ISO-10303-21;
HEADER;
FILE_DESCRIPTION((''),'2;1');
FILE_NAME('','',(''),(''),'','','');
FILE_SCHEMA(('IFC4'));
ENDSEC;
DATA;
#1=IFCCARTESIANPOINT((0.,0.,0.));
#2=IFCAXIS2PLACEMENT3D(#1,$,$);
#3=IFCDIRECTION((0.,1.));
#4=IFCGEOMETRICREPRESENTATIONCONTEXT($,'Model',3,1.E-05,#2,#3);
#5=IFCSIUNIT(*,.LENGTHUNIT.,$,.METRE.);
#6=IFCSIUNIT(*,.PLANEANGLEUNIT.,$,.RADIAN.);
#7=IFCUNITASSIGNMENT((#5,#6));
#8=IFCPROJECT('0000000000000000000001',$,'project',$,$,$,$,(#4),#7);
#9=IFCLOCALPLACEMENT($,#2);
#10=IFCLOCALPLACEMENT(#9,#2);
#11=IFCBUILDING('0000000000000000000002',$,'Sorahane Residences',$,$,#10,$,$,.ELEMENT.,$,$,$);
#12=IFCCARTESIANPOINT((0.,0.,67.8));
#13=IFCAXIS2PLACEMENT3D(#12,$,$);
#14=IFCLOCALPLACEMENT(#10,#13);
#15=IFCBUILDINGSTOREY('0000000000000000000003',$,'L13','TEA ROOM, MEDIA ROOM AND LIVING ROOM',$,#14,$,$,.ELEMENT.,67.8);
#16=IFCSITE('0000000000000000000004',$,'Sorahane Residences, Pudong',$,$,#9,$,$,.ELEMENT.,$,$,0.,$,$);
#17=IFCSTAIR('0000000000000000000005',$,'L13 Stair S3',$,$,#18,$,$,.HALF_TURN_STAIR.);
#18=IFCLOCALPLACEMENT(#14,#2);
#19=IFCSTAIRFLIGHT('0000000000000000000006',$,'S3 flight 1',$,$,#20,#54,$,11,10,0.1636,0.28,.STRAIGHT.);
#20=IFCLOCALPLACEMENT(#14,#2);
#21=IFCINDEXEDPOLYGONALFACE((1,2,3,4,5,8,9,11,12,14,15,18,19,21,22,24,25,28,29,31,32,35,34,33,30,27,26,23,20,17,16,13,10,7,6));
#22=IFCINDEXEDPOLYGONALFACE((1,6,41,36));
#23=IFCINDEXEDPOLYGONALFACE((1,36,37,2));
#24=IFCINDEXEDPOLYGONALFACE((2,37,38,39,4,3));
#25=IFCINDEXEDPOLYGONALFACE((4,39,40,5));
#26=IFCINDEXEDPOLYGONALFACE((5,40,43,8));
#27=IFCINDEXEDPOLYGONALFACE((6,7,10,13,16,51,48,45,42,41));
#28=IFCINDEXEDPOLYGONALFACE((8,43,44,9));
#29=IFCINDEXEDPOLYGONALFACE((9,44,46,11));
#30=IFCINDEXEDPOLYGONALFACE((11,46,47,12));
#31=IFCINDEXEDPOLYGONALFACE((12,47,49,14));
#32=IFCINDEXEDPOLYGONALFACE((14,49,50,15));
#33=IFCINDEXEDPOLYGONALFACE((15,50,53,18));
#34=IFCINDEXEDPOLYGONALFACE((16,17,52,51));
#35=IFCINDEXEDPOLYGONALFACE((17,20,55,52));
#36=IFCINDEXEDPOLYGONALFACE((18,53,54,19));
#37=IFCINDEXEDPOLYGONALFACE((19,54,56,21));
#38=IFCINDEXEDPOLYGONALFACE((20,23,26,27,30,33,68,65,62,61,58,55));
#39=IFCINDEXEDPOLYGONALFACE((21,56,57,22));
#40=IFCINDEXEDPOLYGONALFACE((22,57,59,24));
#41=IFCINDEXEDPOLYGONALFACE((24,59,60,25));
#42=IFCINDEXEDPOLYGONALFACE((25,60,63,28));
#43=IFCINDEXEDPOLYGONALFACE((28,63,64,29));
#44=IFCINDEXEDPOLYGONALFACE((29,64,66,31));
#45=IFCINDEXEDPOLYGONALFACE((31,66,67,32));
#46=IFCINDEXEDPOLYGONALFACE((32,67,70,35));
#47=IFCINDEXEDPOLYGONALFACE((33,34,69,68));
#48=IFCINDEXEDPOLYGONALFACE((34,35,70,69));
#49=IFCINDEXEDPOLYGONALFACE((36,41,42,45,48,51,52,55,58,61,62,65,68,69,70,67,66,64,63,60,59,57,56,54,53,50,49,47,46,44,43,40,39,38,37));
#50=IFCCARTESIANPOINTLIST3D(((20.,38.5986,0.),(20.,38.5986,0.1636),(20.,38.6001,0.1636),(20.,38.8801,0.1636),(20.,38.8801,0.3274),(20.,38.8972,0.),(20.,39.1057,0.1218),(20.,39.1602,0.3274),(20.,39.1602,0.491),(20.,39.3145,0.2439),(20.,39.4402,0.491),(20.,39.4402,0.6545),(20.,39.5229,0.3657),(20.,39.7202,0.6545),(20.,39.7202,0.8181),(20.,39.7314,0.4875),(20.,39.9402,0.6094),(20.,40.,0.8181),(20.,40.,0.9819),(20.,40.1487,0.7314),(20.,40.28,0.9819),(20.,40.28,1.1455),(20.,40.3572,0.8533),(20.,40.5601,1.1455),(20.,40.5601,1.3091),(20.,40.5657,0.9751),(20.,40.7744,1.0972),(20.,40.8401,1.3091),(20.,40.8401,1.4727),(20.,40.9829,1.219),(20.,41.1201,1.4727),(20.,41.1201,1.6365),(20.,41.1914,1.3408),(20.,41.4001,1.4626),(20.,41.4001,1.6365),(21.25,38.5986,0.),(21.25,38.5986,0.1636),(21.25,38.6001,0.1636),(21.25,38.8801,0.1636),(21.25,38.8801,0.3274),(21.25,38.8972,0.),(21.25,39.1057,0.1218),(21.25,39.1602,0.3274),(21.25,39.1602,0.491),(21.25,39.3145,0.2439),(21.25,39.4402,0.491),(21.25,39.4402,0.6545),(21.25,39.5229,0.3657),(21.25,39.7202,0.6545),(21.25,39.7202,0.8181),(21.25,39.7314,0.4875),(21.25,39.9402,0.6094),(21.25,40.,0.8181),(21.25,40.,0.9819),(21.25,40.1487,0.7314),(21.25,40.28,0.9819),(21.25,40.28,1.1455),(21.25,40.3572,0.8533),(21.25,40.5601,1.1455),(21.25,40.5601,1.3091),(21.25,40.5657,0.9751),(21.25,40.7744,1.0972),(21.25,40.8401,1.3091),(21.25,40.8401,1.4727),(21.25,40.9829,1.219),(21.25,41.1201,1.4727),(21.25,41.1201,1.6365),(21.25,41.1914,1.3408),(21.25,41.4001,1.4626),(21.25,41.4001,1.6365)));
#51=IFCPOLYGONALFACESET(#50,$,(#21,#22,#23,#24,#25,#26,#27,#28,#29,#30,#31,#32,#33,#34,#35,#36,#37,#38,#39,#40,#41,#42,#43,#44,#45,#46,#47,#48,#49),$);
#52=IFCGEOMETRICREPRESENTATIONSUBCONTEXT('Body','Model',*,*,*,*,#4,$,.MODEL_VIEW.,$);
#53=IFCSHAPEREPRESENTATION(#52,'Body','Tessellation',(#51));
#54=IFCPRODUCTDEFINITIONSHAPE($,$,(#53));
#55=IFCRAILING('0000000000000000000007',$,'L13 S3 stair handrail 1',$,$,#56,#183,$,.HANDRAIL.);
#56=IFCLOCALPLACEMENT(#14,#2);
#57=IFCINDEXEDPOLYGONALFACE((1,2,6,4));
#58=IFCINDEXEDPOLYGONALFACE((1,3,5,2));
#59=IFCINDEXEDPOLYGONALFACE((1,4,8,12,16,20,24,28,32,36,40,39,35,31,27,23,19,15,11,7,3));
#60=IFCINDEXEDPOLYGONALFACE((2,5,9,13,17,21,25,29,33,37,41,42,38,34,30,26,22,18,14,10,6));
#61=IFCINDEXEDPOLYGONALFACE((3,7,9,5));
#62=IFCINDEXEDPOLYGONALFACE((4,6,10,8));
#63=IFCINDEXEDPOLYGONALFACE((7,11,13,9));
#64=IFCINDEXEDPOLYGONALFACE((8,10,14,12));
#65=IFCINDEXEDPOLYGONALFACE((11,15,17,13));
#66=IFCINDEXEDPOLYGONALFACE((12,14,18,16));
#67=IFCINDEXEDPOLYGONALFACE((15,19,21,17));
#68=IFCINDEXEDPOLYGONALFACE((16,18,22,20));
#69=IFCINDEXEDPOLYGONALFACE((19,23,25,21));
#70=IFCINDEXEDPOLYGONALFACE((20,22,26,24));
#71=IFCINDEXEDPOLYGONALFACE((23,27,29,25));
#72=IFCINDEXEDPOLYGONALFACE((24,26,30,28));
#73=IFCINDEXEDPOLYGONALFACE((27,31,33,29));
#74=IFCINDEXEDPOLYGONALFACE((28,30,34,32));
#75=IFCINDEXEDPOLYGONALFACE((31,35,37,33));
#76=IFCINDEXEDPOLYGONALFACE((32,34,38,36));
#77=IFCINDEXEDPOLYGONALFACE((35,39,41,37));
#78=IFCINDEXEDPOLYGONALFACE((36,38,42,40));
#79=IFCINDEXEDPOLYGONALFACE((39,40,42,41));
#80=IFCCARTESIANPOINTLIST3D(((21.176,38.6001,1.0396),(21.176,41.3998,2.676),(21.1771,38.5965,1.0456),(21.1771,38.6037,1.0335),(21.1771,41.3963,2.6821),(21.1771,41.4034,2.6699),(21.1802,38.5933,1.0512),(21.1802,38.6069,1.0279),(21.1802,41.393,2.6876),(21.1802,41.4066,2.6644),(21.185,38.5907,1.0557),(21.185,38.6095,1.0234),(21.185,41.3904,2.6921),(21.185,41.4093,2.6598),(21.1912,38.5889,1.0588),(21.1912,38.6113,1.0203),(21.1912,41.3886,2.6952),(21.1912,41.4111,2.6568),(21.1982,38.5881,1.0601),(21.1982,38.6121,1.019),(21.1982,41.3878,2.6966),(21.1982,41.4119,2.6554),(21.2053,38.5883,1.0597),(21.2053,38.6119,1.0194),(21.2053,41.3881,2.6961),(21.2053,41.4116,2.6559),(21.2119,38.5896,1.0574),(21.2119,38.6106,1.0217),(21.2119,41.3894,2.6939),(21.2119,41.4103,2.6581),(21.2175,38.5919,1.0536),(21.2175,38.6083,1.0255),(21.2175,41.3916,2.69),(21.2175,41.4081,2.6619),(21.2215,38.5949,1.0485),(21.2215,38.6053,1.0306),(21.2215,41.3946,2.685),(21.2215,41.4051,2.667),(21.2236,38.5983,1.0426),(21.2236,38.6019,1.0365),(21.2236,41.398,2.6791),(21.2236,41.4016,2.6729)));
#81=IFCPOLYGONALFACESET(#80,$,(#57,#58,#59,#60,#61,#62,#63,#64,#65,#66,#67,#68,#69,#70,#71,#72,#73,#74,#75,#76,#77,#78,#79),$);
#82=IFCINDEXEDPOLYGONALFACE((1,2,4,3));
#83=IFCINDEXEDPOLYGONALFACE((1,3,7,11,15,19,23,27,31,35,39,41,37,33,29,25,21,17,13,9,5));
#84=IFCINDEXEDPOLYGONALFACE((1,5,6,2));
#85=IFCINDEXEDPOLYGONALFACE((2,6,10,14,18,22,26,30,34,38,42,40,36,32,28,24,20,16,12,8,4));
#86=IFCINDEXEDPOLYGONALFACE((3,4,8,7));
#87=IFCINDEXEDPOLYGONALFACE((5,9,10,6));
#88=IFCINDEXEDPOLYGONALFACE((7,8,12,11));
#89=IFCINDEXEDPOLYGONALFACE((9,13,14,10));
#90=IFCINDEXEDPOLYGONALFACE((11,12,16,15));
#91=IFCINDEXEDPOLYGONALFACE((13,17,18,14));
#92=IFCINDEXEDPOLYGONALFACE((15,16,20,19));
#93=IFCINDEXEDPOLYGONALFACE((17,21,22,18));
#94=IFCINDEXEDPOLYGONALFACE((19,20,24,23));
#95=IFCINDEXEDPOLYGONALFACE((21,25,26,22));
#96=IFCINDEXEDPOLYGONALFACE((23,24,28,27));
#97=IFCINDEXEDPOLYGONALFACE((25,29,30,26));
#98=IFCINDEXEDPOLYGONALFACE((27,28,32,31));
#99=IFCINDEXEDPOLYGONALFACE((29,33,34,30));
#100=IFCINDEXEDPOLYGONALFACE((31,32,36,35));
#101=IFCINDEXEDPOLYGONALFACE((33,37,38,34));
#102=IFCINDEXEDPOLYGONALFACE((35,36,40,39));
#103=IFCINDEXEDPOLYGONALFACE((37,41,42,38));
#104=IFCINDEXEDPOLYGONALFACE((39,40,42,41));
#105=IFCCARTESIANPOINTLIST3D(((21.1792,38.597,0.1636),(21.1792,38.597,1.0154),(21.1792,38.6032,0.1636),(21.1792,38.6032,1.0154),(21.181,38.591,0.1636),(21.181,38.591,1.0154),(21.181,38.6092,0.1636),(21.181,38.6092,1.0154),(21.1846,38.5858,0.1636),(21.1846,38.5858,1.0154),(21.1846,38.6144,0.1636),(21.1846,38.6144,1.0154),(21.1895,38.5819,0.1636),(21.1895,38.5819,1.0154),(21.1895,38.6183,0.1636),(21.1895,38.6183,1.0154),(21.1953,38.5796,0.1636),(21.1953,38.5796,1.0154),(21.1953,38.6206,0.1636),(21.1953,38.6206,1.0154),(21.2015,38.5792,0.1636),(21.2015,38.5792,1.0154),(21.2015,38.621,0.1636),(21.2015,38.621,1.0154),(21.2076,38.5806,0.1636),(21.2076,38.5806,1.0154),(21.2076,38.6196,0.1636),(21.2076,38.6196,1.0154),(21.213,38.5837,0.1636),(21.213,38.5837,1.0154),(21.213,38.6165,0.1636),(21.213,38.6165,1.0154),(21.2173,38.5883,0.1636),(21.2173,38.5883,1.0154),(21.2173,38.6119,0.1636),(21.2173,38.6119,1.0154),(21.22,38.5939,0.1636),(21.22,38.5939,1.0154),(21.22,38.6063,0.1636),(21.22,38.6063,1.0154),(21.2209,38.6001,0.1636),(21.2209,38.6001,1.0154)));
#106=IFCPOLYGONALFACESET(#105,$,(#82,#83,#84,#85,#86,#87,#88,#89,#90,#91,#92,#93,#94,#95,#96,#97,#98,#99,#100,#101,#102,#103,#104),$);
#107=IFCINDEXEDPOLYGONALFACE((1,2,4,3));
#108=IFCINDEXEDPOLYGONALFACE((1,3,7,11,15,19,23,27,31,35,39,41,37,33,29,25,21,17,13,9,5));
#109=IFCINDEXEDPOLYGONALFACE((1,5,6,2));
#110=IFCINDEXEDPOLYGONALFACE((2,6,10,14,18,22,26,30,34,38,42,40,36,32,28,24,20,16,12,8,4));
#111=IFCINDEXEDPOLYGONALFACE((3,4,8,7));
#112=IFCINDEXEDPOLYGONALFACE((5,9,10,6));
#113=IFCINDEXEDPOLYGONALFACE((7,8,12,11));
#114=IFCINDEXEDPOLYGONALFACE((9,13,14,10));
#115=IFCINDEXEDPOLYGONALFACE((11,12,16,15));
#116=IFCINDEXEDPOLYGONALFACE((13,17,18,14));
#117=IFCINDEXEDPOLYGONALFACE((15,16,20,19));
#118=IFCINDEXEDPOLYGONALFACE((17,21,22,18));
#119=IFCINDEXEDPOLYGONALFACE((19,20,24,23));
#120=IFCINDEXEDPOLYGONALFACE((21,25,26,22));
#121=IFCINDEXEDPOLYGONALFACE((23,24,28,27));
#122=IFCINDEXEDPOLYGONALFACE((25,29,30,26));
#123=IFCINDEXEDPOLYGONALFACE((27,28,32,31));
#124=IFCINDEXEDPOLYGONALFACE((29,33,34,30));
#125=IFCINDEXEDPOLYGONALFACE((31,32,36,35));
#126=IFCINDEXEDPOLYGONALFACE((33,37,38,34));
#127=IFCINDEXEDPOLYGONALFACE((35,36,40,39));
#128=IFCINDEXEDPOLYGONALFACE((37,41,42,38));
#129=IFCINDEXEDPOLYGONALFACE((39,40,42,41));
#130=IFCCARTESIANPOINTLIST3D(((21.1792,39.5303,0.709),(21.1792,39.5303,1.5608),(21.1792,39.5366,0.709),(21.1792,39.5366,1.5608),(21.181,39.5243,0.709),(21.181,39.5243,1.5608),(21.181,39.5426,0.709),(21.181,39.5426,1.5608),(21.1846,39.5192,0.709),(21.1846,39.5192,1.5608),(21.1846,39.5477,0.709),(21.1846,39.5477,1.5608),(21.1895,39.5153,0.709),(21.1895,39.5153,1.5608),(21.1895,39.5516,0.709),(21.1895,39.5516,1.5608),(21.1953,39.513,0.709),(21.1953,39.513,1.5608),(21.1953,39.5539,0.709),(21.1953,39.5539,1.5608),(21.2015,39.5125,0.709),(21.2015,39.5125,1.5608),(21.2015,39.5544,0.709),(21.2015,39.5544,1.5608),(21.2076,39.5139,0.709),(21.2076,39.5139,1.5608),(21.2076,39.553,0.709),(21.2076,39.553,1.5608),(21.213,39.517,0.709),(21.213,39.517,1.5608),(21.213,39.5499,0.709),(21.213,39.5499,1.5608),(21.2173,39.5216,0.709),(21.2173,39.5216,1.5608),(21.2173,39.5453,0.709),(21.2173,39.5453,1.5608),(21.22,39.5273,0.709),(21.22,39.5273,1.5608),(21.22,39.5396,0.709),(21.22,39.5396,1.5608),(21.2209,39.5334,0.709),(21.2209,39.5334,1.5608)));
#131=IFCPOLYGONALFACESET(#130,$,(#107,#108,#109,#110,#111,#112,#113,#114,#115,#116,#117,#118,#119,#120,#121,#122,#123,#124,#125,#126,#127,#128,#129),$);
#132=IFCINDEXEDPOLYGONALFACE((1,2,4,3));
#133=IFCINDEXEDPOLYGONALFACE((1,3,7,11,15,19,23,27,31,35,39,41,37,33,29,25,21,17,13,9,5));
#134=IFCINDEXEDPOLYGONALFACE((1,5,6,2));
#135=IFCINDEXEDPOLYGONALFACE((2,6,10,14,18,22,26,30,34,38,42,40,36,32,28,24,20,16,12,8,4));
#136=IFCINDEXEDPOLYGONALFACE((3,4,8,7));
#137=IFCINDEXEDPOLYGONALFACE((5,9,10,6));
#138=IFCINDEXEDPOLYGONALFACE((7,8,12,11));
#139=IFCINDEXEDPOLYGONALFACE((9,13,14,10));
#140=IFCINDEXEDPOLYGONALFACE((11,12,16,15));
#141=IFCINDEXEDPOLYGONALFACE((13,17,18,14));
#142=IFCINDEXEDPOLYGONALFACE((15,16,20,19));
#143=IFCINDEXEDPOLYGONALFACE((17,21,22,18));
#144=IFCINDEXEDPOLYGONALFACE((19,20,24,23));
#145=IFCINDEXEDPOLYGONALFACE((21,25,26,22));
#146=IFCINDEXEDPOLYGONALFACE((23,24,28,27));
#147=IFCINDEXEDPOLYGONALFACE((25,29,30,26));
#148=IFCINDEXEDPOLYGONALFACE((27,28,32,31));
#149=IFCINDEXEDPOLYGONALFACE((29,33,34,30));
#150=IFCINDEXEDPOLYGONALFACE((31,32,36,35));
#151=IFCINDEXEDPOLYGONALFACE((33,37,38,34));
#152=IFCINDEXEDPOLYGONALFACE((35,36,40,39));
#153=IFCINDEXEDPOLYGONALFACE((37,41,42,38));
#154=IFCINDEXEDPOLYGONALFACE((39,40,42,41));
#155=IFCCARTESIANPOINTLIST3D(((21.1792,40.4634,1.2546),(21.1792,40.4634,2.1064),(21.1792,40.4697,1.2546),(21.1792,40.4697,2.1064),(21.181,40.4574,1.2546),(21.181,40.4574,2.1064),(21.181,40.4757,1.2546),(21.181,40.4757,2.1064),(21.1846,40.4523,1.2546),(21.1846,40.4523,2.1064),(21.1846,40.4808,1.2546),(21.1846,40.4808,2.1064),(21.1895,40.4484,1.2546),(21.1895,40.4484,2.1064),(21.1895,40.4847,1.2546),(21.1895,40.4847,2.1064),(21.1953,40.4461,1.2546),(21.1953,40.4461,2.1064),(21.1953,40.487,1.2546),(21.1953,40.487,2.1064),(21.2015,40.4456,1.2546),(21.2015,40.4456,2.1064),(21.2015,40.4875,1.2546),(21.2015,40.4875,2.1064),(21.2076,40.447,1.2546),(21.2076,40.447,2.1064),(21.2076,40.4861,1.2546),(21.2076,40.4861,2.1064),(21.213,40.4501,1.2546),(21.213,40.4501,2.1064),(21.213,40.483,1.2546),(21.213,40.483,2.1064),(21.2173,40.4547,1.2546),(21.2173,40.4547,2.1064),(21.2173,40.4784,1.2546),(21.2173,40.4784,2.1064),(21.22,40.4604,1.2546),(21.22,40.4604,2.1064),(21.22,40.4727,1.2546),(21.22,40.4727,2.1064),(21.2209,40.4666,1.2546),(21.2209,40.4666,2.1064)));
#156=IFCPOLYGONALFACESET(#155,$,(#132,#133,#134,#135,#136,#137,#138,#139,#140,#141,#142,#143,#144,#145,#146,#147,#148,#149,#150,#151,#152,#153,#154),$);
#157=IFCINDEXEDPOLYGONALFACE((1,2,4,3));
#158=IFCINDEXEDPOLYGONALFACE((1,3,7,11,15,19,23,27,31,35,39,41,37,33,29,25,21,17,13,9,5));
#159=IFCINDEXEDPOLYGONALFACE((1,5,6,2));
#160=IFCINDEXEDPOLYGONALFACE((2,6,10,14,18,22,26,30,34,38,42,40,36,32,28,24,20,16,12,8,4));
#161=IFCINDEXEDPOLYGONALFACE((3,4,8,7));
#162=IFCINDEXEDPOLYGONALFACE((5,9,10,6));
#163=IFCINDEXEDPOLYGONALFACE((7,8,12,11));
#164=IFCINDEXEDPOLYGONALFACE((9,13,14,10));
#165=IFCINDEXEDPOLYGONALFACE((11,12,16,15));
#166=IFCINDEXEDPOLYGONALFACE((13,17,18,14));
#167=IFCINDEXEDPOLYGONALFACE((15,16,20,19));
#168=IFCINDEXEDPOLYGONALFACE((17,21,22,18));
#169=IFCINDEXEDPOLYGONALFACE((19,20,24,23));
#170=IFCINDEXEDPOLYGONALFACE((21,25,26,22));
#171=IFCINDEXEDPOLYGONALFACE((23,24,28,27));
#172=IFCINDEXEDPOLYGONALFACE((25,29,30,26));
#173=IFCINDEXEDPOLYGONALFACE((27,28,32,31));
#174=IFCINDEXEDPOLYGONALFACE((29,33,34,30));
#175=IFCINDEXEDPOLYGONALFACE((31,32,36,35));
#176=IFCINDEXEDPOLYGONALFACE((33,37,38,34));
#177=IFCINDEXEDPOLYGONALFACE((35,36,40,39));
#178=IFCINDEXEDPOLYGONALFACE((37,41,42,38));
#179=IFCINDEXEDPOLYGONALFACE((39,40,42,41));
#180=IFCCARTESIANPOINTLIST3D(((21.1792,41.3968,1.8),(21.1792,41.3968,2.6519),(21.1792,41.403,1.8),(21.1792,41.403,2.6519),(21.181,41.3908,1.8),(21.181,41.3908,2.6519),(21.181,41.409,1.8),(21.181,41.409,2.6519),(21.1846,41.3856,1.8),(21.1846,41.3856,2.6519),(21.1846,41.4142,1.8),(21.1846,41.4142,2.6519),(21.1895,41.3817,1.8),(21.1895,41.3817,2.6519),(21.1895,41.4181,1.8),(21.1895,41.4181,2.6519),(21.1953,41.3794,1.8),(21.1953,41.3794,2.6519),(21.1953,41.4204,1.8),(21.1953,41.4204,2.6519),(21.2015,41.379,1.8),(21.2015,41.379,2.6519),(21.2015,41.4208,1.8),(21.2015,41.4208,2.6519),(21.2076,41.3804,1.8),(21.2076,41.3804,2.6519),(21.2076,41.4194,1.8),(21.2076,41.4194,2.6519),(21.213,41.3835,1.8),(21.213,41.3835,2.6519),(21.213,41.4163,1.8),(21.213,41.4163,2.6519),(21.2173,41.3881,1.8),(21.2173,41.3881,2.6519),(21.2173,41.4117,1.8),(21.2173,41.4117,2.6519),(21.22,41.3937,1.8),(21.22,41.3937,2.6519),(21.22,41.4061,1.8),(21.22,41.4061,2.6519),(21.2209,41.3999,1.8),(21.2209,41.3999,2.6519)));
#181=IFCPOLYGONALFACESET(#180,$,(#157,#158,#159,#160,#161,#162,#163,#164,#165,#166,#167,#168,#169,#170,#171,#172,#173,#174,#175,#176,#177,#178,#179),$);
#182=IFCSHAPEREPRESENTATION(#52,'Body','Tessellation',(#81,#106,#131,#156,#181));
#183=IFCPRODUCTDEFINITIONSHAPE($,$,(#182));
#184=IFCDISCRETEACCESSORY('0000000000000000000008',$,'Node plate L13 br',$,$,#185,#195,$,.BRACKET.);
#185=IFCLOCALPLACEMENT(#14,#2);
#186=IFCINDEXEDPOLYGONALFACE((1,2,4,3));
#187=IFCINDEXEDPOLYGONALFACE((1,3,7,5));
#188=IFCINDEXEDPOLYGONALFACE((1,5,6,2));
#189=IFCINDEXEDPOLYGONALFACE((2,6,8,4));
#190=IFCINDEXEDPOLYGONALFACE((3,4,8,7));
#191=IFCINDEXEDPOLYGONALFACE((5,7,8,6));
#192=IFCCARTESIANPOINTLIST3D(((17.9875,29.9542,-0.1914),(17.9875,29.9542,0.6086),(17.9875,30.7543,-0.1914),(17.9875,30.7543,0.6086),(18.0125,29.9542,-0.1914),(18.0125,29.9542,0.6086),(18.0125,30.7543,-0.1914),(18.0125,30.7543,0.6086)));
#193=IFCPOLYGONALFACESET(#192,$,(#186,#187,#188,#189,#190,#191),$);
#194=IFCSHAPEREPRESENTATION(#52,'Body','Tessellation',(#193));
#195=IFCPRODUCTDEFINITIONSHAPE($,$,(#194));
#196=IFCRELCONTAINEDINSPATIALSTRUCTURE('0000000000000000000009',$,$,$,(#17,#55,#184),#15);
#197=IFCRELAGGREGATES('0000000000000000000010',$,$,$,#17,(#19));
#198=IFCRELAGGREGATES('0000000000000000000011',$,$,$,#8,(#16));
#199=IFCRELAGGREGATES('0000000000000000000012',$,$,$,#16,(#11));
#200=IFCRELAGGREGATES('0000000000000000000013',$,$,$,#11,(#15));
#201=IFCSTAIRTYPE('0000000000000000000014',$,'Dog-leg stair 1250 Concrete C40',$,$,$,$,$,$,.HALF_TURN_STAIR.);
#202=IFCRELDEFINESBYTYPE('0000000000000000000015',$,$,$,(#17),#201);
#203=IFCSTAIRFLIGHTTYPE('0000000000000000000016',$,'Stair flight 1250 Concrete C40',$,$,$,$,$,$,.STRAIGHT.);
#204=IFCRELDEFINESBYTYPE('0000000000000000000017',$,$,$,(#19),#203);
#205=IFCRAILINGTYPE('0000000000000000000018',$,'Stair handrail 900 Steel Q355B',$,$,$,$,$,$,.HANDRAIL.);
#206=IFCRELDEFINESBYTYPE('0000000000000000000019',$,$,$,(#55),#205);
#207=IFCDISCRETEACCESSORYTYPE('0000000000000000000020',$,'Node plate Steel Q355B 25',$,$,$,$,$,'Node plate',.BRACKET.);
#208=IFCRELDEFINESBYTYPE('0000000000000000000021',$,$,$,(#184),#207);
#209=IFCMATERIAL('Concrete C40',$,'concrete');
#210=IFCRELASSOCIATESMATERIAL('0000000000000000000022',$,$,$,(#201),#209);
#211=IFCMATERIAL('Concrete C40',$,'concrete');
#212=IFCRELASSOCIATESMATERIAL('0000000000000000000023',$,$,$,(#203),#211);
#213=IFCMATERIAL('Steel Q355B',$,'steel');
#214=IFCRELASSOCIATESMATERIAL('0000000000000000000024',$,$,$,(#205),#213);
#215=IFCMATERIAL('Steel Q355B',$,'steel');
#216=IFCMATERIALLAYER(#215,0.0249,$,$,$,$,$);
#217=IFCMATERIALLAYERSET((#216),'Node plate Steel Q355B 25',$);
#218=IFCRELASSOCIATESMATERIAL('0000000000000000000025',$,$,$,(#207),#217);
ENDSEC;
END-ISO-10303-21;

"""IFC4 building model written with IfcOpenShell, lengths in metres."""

from ifc_helpers import new_model, si_unit, direction, frame, origin, origin_2d, place, context, subcontext, project, spatial, polyline, rectangle, circle, outline, extrude, material, layer, layer_set, type_object, element, aggregate, save


model = new_model("IFC4")

# Units and contexts
model_context = context("Model", 3, precision=1e-05, world=origin(), true_north=direction((0.0, 1.0)))
body_context = subcontext(model_context, "Body", "Model", "MODEL_VIEW")
ifc_project = project(units=[si_unit("LENGTHUNIT", "METRE"), si_unit("PLANEANGLEUNIT", "RADIAN")], contexts=[model_context])

# Site, building, storey
site_placement = place(None, origin())
site = spatial("IfcSite", under=ifc_project, at=site_placement, Name="Sorahane Residences, Pudong", CompositionType="ELEMENT", RefElevation=0.0)
building_placement = place(site_placement, origin())
building = spatial("IfcBuilding", under=site, at=building_placement, Name="Sorahane Residences", CompositionType="ELEMENT")
storey_placement = place(building_placement, frame((0.0, 0.0, 67.8)))
storey = spatial("IfcBuildingStorey", under=building, at=storey_placement, Name="L13", Description="TEA ROOM, MEDIA ROOM AND LIVING ROOM", CompositionType="ELEMENT", Elevation=67.8)

# Stair, stair flight
ifc_material_1 = material(Name="Concrete C40", Category="concrete")
stair_type = type_object("IfcStairType", Name="Dog-leg stair 1250 Concrete C40", PredefinedType="HALF_TURN_STAIR", material=ifc_material_1)
stair_placement = place(storey_placement, origin())
stair = element("IfcStair", 1, at=stair_placement, inside=storey, type_object=stair_type, Name="L13 Stair S3", PredefinedType="HALF_TURN_STAIR")
ifc_material_2 = material(Name="Concrete C40", Category="concrete")
stair_flight_type = type_object("IfcStairFlightType", Name="Stair flight 1250 Concrete C40", PredefinedType="STRAIGHT", material=ifc_material_2)
stair_flight_placement = place(storey_placement, frame((20.625, 38.6001, 0.0), z_axis=(0.0, 0.0, 1.0), x_axis=(0.0, 1.0, 0.0)))
stair_flight = element("IfcStairFlight", 2, at=stair_flight_placement, type_object=stair_flight_type, Name="S3 flight 1", NumberOfRisers=11, NumberOfTreads=10, PredefinedType="STRAIGHT", RiserHeight=0.1636, TreadLength=0.28, context=body_context, shape_type="SweptSolid", body=[
    extrude(outline(polyline([(-0.0015, 0.0), (-0.0015, 0.1636), (0.0, 0.1636), (0.28, 0.1636), (0.28, 0.3274), (0.5601, 0.3274), (0.5601, 0.491), (0.8401, 0.491), (0.8401, 0.6545), (1.1201, 0.6545), (1.1201, 0.8181), (1.3999, 0.8181), (1.3999, 0.9819), (1.6799, 0.9819), (1.6799, 1.1455), (1.96, 1.1455), (1.96, 1.3091), (2.24, 1.3091), (2.24, 1.4727), (2.52, 1.4727), (2.52, 1.6365), (2.8, 1.6365), (2.8, 1.8), (2.8, 1.4626), (2.5913, 1.3408), (2.3828, 1.219), (2.1743, 1.0972), (1.9656, 0.9751), (1.7571, 0.8533), (1.5486, 0.7314), (1.3401, 0.6094), (1.1313, 0.4875), (0.9229, 0.3657), (0.7144, 0.2439), (0.5056, 0.1218), (0.2971, 0.0), (-0.0015, 0.0)])), frame((0.0, 0.625, 0.0), z_axis=(0.0, -1.0, 0.0), x_axis=(1.0, 0.0, 0.0)), (0.0, 0.0, 1.0), 1.25),
])
aggregate(stair, [stair_flight])

# Railing
ifc_material_3 = material(Name="Steel Q355B", Category="steel")
railing_type_1 = type_object("IfcRailingType", Name="Stair handrail 900 Steel Q355B", PredefinedType="HANDRAIL", material=ifc_material_3)
railing_1_placement = place(storey_placement, frame((21.2, 38.6001, 0.1636)))
element("IfcRailing", 3, at=railing_1_placement, inside=storey, type_object=railing_type_1, Name="L13 S3 stair handrail 1", PredefinedType="HANDRAIL", context=body_context, shape_type="SweptSolid", body=[
    extrude(circle(Radius=0.0239, at=origin_2d()), frame((0.0, 0.0, 0.876), z_axis=(0.0, 0.863342, 0.50462), x_axis=(-1.0, 0.0, 0.0)), (0.0, 0.0, 1.0), 3.2429),
    extrude(circle(Radius=0.021, at=origin_2d()), origin(), (0.0, 0.0, 1.0), 0.8518),
    extrude(circle(Radius=0.021, at=origin_2d()), frame((0.0, 0.9333, 0.5454)), (0.0, 0.0, 1.0), 0.8518),
    extrude(circle(Radius=0.021, at=origin_2d()), frame((0.0, 1.8665, 1.0911)), (0.0, 0.0, 1.0), 0.8518),
    extrude(circle(Radius=0.021, at=origin_2d()), frame((0.0, 2.7998, 1.6365)), (0.0, 0.0, 1.0), 0.8518),
])

# Discrete accessory
ifc_material_4 = material(Name="Steel Q355B", Category="steel")
ifc_layer_1 = layer(ifc_material_4, 0.0249)
ifc_layer_set_1 = layer_set([ifc_layer_1], Name="Node plate Steel Q355B 25")
discrete_accessory_type = type_object("IfcDiscreteAccessoryType", Name="Node plate Steel Q355B 25", ElementType="Node plate", PredefinedType="BRACKET", material=ifc_layer_set_1)
for number, where, z_axis, x_axis, name in (
    (4, (18.0, 30.3542, -0.1914), (0.0, 0.0, 1.0), (0.0, 1.0, 0.0), "Node plate L13 br"),
):
    element("IfcDiscreteAccessory", number, at=place(storey_placement, frame(where, z_axis=z_axis, x_axis=x_axis)), inside=storey, type_object=discrete_accessory_type, Name=name, PredefinedType="BRACKET", context=body_context, shape_type="SweptSolid", body=[
        extrude(rectangle(XDim=0.8, YDim=0.0249, at=origin_2d()), origin(), (0.0, 0.0, 1.0), 0.8),
    ])

save(model, "model.ifc")
